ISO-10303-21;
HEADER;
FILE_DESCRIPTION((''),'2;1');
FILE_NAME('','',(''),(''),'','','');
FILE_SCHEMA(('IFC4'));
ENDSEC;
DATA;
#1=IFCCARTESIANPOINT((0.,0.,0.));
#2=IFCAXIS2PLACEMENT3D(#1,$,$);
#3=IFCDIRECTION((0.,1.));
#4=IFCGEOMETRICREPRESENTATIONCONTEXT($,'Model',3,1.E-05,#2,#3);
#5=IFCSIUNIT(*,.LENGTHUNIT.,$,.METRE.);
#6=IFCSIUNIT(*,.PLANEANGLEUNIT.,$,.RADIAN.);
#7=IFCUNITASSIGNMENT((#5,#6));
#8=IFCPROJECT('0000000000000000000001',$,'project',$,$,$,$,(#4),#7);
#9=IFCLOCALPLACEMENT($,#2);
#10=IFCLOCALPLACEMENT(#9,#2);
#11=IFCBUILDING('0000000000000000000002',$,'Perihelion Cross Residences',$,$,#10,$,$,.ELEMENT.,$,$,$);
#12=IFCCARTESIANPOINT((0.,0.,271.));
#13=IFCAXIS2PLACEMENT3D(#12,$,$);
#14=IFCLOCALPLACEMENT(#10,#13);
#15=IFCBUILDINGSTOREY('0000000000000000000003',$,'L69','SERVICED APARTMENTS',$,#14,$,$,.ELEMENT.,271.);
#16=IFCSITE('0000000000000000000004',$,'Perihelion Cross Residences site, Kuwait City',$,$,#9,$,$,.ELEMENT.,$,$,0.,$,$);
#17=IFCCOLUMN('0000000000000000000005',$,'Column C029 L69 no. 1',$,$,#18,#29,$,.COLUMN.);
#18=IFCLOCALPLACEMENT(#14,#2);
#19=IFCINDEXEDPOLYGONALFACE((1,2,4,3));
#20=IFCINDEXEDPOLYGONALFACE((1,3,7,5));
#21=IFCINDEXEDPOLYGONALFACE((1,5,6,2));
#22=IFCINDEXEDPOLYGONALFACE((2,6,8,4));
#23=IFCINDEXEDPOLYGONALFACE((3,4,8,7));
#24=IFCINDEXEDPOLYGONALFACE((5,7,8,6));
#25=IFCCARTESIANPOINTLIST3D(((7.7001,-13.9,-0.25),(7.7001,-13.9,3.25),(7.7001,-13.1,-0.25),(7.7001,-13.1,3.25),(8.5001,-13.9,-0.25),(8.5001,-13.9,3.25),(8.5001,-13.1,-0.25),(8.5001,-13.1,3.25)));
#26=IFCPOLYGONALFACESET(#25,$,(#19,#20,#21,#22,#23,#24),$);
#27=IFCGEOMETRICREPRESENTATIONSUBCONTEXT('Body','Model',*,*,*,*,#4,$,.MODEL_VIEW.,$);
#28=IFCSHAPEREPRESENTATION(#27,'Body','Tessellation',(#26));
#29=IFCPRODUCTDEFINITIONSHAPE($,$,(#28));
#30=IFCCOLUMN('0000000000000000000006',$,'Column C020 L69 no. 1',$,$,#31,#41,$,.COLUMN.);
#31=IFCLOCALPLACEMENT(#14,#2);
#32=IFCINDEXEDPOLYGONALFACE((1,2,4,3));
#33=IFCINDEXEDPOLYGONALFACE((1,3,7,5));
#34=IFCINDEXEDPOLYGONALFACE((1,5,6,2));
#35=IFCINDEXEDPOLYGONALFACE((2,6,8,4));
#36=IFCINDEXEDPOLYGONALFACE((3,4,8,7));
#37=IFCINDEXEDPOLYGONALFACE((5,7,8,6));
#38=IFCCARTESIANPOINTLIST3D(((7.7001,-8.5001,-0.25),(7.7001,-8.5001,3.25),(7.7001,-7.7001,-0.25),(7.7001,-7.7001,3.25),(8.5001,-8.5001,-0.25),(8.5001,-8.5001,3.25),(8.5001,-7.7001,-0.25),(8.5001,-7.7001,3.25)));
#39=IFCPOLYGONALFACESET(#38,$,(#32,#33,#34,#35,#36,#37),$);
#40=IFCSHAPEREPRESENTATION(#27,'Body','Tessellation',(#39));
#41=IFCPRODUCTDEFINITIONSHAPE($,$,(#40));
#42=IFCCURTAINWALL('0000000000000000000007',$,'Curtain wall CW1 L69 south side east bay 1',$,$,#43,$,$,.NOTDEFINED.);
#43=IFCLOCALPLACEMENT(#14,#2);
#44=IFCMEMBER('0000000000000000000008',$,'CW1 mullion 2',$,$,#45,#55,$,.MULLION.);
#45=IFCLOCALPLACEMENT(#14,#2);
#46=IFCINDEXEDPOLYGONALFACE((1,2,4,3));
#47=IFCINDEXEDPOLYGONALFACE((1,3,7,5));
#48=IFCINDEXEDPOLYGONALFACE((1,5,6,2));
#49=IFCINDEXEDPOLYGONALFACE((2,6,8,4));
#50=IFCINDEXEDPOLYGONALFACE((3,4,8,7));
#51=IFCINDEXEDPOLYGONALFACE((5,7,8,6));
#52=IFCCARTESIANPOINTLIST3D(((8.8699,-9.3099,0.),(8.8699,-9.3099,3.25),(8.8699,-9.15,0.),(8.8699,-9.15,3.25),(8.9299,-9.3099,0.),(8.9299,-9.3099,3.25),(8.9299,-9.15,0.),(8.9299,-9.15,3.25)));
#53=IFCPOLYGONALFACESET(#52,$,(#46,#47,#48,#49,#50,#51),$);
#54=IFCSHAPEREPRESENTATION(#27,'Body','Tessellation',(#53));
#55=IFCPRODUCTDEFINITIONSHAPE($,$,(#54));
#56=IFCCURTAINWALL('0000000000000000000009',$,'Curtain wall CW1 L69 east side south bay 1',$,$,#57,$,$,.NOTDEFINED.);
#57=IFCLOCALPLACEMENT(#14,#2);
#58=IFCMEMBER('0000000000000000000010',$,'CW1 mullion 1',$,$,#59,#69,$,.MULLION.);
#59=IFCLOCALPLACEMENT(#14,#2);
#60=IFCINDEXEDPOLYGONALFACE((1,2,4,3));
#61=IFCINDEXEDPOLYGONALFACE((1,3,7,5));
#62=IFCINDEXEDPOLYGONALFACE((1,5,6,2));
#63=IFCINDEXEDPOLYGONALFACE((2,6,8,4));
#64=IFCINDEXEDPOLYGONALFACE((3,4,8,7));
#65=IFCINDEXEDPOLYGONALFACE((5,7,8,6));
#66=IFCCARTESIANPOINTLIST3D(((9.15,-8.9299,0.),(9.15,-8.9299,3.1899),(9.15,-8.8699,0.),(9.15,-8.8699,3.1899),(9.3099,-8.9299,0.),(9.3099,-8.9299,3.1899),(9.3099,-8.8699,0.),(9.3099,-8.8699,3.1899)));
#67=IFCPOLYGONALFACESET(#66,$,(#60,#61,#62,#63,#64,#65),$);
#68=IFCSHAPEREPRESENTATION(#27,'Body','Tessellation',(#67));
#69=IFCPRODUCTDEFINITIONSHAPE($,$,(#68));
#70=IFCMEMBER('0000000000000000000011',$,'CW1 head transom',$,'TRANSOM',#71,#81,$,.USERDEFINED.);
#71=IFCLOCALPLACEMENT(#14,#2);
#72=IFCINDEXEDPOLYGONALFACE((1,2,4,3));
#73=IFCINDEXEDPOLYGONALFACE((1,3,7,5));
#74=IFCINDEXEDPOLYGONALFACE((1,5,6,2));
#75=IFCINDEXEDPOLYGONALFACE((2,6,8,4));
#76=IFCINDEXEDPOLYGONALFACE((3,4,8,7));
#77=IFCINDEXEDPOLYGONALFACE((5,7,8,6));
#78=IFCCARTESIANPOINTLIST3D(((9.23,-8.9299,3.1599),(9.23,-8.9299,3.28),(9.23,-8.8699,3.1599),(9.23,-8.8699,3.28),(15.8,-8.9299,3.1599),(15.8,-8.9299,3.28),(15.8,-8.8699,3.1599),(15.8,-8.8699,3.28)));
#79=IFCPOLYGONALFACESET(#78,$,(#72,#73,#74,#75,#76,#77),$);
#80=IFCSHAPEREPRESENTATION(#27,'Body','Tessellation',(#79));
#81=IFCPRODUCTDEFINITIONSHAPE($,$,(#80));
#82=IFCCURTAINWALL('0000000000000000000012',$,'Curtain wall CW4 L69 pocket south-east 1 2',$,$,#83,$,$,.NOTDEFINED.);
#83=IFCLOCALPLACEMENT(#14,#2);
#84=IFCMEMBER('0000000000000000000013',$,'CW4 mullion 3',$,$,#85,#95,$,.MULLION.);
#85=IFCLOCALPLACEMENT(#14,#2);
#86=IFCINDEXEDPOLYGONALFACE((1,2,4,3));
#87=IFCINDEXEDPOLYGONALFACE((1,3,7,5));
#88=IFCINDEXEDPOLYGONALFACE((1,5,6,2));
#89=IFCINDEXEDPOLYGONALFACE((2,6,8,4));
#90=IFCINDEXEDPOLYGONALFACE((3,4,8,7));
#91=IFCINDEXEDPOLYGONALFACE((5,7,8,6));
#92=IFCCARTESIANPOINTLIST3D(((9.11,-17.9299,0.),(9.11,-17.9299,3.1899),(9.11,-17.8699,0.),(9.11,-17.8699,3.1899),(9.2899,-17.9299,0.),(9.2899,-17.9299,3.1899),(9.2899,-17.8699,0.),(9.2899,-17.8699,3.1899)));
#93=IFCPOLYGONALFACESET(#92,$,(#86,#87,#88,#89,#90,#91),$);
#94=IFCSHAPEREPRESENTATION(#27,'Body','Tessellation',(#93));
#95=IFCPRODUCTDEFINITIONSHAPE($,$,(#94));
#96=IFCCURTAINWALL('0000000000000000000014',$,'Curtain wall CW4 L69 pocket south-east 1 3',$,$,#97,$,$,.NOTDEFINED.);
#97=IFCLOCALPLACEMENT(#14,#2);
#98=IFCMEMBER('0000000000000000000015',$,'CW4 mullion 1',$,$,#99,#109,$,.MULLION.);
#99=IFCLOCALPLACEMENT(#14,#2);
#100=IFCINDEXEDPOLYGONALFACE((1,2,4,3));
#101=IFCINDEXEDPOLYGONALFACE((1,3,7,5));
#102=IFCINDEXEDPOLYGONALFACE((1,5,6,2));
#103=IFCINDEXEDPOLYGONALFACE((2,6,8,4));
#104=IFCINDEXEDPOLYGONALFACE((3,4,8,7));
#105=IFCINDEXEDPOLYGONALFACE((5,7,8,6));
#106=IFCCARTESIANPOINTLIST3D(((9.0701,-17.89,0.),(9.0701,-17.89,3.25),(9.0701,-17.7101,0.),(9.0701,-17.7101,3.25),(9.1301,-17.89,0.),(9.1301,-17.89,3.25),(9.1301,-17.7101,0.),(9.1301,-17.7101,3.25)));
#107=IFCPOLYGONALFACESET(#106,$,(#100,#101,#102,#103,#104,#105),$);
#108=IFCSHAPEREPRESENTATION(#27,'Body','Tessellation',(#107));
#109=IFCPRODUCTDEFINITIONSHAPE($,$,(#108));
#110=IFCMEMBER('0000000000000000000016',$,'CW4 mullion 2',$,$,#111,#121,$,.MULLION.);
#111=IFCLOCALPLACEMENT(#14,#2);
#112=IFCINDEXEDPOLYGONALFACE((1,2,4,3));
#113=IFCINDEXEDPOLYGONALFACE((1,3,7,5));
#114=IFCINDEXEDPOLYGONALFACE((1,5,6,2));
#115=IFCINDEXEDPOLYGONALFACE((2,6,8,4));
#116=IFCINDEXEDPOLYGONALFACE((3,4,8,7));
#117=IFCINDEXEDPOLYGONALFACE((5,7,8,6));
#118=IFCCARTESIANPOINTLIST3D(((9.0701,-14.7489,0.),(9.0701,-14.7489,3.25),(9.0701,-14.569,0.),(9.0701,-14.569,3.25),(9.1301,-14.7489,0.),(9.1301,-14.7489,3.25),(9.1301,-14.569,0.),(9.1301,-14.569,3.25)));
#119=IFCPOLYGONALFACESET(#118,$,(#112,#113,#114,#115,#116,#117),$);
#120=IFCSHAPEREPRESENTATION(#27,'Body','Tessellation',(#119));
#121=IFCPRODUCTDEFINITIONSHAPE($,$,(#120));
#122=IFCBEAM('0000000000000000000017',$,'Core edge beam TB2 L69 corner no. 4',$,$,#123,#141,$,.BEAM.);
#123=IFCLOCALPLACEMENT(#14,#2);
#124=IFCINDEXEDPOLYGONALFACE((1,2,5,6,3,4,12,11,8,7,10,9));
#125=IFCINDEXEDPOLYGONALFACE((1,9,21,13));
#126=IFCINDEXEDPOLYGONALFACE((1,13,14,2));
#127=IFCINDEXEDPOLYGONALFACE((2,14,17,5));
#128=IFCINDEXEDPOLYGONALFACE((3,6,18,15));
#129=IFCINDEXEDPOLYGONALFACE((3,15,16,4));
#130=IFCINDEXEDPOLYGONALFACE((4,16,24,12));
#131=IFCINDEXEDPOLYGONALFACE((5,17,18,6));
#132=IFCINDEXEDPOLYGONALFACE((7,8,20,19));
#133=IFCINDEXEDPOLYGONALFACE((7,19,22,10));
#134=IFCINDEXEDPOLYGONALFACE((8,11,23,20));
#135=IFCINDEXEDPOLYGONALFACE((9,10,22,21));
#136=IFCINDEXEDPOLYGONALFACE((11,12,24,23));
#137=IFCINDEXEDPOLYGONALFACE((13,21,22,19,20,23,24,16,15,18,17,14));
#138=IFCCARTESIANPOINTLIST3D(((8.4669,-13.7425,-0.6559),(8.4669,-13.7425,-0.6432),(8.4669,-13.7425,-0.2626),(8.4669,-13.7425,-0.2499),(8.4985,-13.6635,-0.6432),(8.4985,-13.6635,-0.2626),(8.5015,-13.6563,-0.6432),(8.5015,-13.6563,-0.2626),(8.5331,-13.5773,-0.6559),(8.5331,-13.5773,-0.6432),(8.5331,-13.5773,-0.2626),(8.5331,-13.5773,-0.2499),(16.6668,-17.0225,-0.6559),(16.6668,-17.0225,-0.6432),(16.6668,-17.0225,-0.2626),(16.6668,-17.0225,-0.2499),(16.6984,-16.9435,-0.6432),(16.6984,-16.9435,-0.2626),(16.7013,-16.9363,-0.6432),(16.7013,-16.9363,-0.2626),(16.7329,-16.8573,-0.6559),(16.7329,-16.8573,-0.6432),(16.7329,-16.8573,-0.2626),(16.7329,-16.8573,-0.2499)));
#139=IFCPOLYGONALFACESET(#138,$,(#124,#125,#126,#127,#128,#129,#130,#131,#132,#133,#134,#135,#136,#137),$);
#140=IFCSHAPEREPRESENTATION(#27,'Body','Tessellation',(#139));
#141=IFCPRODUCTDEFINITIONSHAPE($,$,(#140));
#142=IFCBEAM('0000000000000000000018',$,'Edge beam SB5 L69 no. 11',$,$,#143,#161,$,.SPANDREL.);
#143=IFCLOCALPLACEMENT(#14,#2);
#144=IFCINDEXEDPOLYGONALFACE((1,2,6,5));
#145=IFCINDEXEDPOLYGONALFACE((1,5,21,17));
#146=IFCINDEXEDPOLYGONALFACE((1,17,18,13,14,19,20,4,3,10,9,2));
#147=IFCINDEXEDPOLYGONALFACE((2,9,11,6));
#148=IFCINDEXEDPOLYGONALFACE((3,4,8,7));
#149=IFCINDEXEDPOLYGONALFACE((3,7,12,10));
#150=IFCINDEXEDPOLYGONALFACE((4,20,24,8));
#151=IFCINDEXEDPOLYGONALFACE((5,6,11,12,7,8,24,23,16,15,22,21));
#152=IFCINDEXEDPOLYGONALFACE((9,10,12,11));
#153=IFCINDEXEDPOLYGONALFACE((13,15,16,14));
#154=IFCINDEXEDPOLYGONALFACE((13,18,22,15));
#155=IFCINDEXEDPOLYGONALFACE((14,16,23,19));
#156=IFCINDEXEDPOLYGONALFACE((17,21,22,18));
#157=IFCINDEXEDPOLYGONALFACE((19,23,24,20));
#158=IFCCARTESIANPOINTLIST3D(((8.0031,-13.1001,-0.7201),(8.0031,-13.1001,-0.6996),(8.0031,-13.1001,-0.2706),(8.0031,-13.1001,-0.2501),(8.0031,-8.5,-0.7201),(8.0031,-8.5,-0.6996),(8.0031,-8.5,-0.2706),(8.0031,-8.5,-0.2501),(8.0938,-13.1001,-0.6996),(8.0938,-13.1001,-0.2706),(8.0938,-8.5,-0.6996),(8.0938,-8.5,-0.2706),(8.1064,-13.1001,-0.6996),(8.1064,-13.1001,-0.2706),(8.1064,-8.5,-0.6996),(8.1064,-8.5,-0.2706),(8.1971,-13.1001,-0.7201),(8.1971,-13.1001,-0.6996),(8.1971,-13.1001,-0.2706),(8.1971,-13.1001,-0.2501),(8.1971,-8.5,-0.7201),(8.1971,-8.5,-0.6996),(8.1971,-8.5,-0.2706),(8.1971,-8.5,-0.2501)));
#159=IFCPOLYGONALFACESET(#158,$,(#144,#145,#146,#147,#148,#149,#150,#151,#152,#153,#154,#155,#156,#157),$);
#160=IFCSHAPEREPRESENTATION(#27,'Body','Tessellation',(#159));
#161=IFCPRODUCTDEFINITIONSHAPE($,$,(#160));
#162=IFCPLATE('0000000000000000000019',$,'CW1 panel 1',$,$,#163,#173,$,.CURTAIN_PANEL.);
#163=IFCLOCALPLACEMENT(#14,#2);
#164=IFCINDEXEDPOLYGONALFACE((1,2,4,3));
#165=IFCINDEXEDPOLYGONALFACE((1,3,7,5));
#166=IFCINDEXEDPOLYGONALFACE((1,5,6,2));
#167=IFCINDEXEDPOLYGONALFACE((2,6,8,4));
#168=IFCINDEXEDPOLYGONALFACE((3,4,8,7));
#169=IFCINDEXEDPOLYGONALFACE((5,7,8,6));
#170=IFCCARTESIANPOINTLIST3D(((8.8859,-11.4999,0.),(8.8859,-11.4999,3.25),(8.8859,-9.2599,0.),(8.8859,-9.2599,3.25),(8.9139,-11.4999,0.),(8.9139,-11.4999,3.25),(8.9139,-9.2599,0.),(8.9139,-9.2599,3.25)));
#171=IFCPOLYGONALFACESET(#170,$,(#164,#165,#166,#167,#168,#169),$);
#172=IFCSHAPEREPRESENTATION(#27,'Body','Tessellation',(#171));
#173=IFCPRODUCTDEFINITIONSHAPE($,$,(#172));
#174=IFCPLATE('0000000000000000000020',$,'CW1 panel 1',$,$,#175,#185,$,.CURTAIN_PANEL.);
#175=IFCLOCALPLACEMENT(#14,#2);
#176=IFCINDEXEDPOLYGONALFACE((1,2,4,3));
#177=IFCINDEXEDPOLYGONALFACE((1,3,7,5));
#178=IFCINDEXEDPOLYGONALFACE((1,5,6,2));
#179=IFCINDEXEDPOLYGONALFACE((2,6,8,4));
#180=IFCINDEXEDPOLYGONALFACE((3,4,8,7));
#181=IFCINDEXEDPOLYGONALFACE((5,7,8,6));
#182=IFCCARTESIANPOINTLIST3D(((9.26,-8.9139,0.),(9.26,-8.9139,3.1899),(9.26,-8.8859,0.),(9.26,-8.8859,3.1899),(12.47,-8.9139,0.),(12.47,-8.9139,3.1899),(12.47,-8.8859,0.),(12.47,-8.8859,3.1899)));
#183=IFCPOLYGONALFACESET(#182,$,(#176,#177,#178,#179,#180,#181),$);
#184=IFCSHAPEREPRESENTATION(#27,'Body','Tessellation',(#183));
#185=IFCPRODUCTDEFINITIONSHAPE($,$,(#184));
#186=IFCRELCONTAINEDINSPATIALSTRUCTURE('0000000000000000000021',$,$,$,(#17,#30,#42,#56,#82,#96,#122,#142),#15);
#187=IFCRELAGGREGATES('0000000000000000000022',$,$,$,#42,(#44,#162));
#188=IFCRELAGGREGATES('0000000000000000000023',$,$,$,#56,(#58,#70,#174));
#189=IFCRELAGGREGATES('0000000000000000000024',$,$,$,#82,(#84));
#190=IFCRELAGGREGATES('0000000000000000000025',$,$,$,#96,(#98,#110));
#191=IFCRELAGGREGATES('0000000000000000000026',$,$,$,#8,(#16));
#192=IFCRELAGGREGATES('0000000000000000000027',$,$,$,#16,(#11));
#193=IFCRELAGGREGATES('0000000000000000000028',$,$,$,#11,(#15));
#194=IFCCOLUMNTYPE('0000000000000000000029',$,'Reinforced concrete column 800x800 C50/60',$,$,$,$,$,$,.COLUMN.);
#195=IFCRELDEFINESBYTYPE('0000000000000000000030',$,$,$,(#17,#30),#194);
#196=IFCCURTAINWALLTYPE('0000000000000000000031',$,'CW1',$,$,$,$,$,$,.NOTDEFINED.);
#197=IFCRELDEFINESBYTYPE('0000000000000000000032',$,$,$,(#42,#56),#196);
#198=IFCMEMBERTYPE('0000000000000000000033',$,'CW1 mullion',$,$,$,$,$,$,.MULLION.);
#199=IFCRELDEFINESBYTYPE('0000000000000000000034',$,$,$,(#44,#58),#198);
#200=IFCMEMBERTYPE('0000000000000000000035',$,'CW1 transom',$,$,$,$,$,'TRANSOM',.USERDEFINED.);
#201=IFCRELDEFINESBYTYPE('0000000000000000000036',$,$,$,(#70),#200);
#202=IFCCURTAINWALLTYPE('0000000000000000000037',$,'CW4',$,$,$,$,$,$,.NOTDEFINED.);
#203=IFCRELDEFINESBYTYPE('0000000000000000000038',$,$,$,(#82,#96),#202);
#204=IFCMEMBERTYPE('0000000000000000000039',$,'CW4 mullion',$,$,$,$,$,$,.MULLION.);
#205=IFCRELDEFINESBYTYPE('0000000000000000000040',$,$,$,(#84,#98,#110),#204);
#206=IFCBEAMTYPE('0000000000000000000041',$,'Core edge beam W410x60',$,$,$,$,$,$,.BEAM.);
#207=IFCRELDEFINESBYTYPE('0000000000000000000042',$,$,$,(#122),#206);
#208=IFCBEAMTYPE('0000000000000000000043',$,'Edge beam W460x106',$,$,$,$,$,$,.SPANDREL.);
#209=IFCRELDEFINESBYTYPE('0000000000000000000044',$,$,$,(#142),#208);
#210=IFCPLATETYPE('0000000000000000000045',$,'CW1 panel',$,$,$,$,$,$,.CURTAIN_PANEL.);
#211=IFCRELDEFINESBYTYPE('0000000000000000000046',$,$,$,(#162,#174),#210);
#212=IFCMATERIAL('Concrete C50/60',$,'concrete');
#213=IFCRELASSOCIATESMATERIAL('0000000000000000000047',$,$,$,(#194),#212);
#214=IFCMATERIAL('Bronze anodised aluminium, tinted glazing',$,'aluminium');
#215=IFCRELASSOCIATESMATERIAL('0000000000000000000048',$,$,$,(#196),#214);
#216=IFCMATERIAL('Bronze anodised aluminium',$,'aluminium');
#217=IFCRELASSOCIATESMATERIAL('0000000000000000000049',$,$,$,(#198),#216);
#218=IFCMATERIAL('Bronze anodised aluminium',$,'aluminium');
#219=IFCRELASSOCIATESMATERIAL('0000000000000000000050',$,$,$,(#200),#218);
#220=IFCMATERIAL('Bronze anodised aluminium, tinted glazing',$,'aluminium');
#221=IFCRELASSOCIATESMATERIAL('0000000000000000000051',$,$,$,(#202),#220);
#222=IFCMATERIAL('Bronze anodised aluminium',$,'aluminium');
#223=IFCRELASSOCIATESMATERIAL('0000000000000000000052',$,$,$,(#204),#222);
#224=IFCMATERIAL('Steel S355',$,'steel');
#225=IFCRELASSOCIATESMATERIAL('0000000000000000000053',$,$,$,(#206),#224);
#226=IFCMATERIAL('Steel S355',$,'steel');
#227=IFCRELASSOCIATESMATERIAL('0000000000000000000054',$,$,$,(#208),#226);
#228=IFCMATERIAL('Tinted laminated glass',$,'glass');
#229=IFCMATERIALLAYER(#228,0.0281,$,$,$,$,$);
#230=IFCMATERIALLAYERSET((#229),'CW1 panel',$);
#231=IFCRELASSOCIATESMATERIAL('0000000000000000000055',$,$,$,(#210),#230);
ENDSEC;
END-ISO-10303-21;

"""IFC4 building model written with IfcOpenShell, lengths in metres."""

from ifc_helpers import new_model, si_unit, direction, frame, origin, origin_2d, place, context, subcontext, project, spatial, rectangle, i_section, extrude, material, layer, layer_set, material_profile, profile_set, type_object, element, aggregate, save


model = new_model("IFC4")

# Units and contexts
model_context = context("Model", 3, precision=1e-05, world=origin(), true_north=direction((0.0, 1.0)))
body_context = subcontext(model_context, "Body", "Model", "MODEL_VIEW")
ifc_project = project(units=[si_unit("LENGTHUNIT", "METRE"), si_unit("PLANEANGLEUNIT", "RADIAN")], contexts=[model_context])

# Site, building, storey
site_placement = place(None, origin())
site = spatial("IfcSite", under=ifc_project, at=site_placement, Name="Perihelion Cross Residences site, Kuwait City", CompositionType="ELEMENT", RefElevation=0.0)
building_placement = place(site_placement, origin())
building = spatial("IfcBuilding", under=site, at=building_placement, Name="Perihelion Cross Residences", CompositionType="ELEMENT")
storey_placement = place(building_placement, frame((0.0, 0.0, 271.0)))
storey = spatial("IfcBuildingStorey", under=building, at=storey_placement, Name="L69", Description="SERVICED APARTMENTS", CompositionType="ELEMENT", Elevation=271.0)

# Columns
ifc_material_1 = material(Name="Concrete C50/60", Category="concrete")
ifc_material_profile_1 = material_profile(ifc_material_1, rectangle(XDim=0.8, YDim=0.8, at=origin_2d()), Name="RC 800x800")
ifc_profile_set_1 = profile_set([ifc_material_profile_1], Name="Concrete C50/60")
column_type = type_object("IfcColumnType", Name="Reinforced concrete column 800x800 C50/60", PredefinedType="COLUMN", material=ifc_profile_set_1)
for number, where, z_axis, x_axis, name in (
    (1, (8.1001, -13.5, -0.25), (0.0, 0.0, 1.0), (1.0, 0.0, 0.0), "Column C029 L69 no. 1"),
    (2, (8.1001, -8.1001, -0.25), (0.0, 0.0, 1.0), (1.0, 0.0, 0.0), "Column C020 L69 no. 1"),
):
    element("IfcColumn", number, at=place(storey_placement, frame(where, z_axis=z_axis, x_axis=x_axis)), inside=storey, type_object=column_type, Name=name, PredefinedType="COLUMN", context=body_context, shape_type="SweptSolid", body=[
        extrude(rectangle(XDim=0.8, YDim=0.8, at=origin_2d()), origin(), (0.0, 0.0, 1.0), 3.5),
    ])

# Curtain wall, member
ifc_material_2 = material(Name="Bronze anodised aluminium, tinted glazing", Category="aluminium")
curtain_wall_type_1 = type_object("IfcCurtainWallType", Name="CW1", PredefinedType="NOTDEFINED", material=ifc_material_2)
curtain_wall_1_placement = place(storey_placement, origin())
curtain_wall_1 = element("IfcCurtainWall", 3, at=curtain_wall_1_placement, inside=storey, type_object=curtain_wall_type_1, Name="Curtain wall CW1 L69 south side east bay 1", PredefinedType="NOTDEFINED")
ifc_material_3 = material(Name="Bronze anodised aluminium", Category="aluminium")
ifc_material_profile_2 = material_profile(ifc_material_3, rectangle(XDim=0.0601, YDim=0.1599, at=origin_2d()), Name="CW1 mullion")
ifc_profile_set_2 = profile_set([ifc_material_profile_2], Name="Bronze anodised aluminium")
member_type_1 = type_object("IfcMemberType", Name="CW1 mullion", PredefinedType="MULLION", material=ifc_profile_set_2)
member_1_placement = place(storey_placement, frame((8.8999, -9.23, 0.0), z_axis=(0.0, 0.0, 1.0), x_axis=(-1.0, 0.0, 0.0)))
member_1 = element("IfcMember", 4, at=member_1_placement, type_object=member_type_1, Name="CW1 mullion 2", PredefinedType="MULLION", context=body_context, shape_type="SweptSolid", body=[
    extrude(rectangle(XDim=0.0601, YDim=0.1599, at=origin_2d()), origin(), (0.0, 0.0, 1.0), 3.25),
])

# Curtain wall, members
curtain_wall_2_placement = place(storey_placement, origin())
curtain_wall_2 = element("IfcCurtainWall", 5, at=curtain_wall_2_placement, inside=storey, type_object=curtain_wall_type_1, Name="Curtain wall CW1 L69 east side south bay 1", PredefinedType="NOTDEFINED")
member_2_placement = place(storey_placement, frame((9.23, -8.8999, 0.0), z_axis=(0.0, 0.0, 1.0), x_axis=(0.0, 1.0, 0.0)))
member_2 = element("IfcMember", 6, at=member_2_placement, type_object=member_type_1, Name="CW1 mullion 1", PredefinedType="MULLION", context=body_context, shape_type="SweptSolid", body=[
    extrude(rectangle(XDim=0.0601, YDim=0.1599, at=origin_2d()), origin(), (0.0, 0.0, 1.0), 3.1899),
])
ifc_material_4 = material(Name="Bronze anodised aluminium", Category="aluminium")
ifc_material_profile_3 = material_profile(ifc_material_4, rectangle(XDim=0.0601, YDim=0.1201, at=origin_2d()), Name="CW1 transom")
ifc_profile_set_3 = profile_set([ifc_material_profile_3], Name="Bronze anodised aluminium")
member_type_2 = type_object("IfcMemberType", Name="CW1 transom", ElementType="TRANSOM", PredefinedType="USERDEFINED", material=ifc_profile_set_3)
member_3_placement = place(storey_placement, frame((9.23, -8.8999, 3.22), z_axis=(1.0, 0.0, 0.0), x_axis=(0.0, 1.0, 0.0)))
member_3 = element("IfcMember", 7, at=member_3_placement, type_object=member_type_2, Name="CW1 head transom", ObjectType="TRANSOM", PredefinedType="USERDEFINED", context=body_context, shape_type="SweptSolid", body=[
    extrude(rectangle(XDim=0.0601, YDim=0.1201, at=origin_2d()), origin(), (0.0, 0.0, 1.0), 6.5701),
])

# Curtain wall, member
ifc_material_5 = material(Name="Bronze anodised aluminium, tinted glazing", Category="aluminium")
curtain_wall_type_2 = type_object("IfcCurtainWallType", Name="CW4", PredefinedType="NOTDEFINED", material=ifc_material_5)
curtain_wall_3_placement = place(storey_placement, origin())
curtain_wall_3 = element("IfcCurtainWall", 8, at=curtain_wall_3_placement, inside=storey, type_object=curtain_wall_type_2, Name="Curtain wall CW4 L69 pocket south-east 1 2", PredefinedType="NOTDEFINED")
ifc_material_6 = material(Name="Bronze anodised aluminium", Category="aluminium")
ifc_material_profile_4 = material_profile(ifc_material_6, rectangle(XDim=0.0601, YDim=0.1799, at=origin_2d()), Name="CW4 mullion")
ifc_profile_set_4 = profile_set([ifc_material_profile_4], Name="Bronze anodised aluminium")
member_type_3 = type_object("IfcMemberType", Name="CW4 mullion", PredefinedType="MULLION", material=ifc_profile_set_4)
member_4_placement = place(storey_placement, frame((9.2, -17.8999, 0.0), z_axis=(0.0, 0.0, 1.0), x_axis=(0.0, -1.0, 0.0)))
member_4 = element("IfcMember", 9, at=member_4_placement, type_object=member_type_3, Name="CW4 mullion 3", PredefinedType="MULLION", context=body_context, shape_type="SweptSolid", body=[
    extrude(rectangle(XDim=0.0601, YDim=0.1799, at=origin_2d()), origin(), (0.0, 0.0, 1.0), 3.1899),
])

# Curtain wall, members
curtain_wall_4_placement = place(storey_placement, origin())
curtain_wall_4 = element("IfcCurtainWall", 10, at=curtain_wall_4_placement, inside=storey, type_object=curtain_wall_type_2, Name="Curtain wall CW4 L69 pocket south-east 1 3", PredefinedType="NOTDEFINED")
member_5_placement = place(storey_placement, frame((9.1001, -17.8, 0.0), z_axis=(0.0, 0.0, 1.0), x_axis=(-1.0, 0.0, 0.0)))
member_5 = element("IfcMember", 11, at=member_5_placement, type_object=member_type_3, Name="CW4 mullion 1", PredefinedType="MULLION", context=body_context, shape_type="SweptSolid", body=[
    extrude(rectangle(XDim=0.0601, YDim=0.1799, at=origin_2d()), origin(), (0.0, 0.0, 1.0), 3.25),
])
member_6_placement = place(storey_placement, frame((9.1001, -14.6589, 0.0), z_axis=(0.0, 0.0, 1.0), x_axis=(-1.0, 0.0, 0.0)))
member_6 = element("IfcMember", 12, at=member_6_placement, type_object=member_type_3, Name="CW4 mullion 2", PredefinedType="MULLION", context=body_context, shape_type="SweptSolid", body=[
    extrude(rectangle(XDim=0.0601, YDim=0.1799, at=origin_2d()), origin(), (0.0, 0.0, 1.0), 3.25),
])

# Beams
ifc_material_7 = material(Name="Steel S355", Category="steel")
ifc_material_profile_5 = material_profile(ifc_material_7, i_section(OverallWidth=0.178, OverallDepth=0.406, WebThickness=0.0078, FlangeThickness=0.0127, at=origin_2d()), Name="W410x60")
ifc_profile_set_5 = profile_set([ifc_material_profile_5], Name="Steel S355")
beam_type_1 = type_object("IfcBeamType", Name="Core edge beam W410x60", PredefinedType="BEAM", material=ifc_profile_set_5)
beam_1_placement = place(storey_placement, frame((8.5, -13.6599, -0.4529), z_axis=(0.928475, -0.371395, 0.0), x_axis=(0.371395, 0.928475, 0.0)))
element("IfcBeam", 13, at=beam_1_placement, inside=storey, type_object=beam_type_1, Name="Core edge beam TB2 L69 corner no. 4", PredefinedType="BEAM", context=body_context, shape_type="SweptSolid", body=[
    extrude(i_section(OverallWidth=0.178, OverallDepth=0.406, WebThickness=0.0078, FlangeThickness=0.0127, at=origin_2d()), origin(), (0.0, 0.0, 1.0), 8.8315),
])
ifc_material_8 = material(Name="Steel S355", Category="steel")
ifc_material_profile_6 = material_profile(ifc_material_8, i_section(OverallWidth=0.1941, OverallDepth=0.47, WebThickness=0.0127, FlangeThickness=0.0205, at=origin_2d()), Name="W460x106")
ifc_profile_set_6 = profile_set([ifc_material_profile_6], Name="Steel S355")
beam_type_2 = type_object("IfcBeamType", Name="Edge beam W460x106", PredefinedType="SPANDREL", material=ifc_profile_set_6)
beam_2_placement = place(storey_placement, frame((8.1001, -13.1001, -0.4851), z_axis=(0.0, 1.0, 0.0), x_axis=(-1.0, 0.0, 0.0)))
element("IfcBeam", 14, at=beam_2_placement, inside=storey, type_object=beam_type_2, Name="Edge beam SB5 L69 no. 11", PredefinedType="SPANDREL", context=body_context, shape_type="SweptSolid", body=[
    extrude(i_section(OverallWidth=0.1941, OverallDepth=0.47, WebThickness=0.0127, FlangeThickness=0.0205, at=origin_2d()), origin(), (0.0, 0.0, 1.0), 4.6001),
])

# Plates
ifc_material_9 = material(Name="Tinted laminated glass", Category="glass")
ifc_layer_1 = layer(ifc_material_9, 0.0281)
ifc_layer_set_1 = layer_set([ifc_layer_1], Name="CW1 panel")
plate_type_1 = type_object("IfcPlateType", Name="CW1 panel", PredefinedType="CURTAIN_PANEL", material=ifc_layer_set_1)
plate_1_placement = place(storey_placement, frame((8.8999, -10.3799, 0.0), z_axis=(0.0, 0.0, 1.0), x_axis=(0.0, 1.0, 0.0)))
plate_1 = element("IfcPlate", 15, at=plate_1_placement, type_object=plate_type_1, Name="CW1 panel 1", PredefinedType="CURTAIN_PANEL", context=body_context, shape_type="SweptSolid", body=[
    extrude(rectangle(XDim=2.24, YDim=0.0281, at=origin_2d()), origin(), (0.0, 0.0, 1.0), 3.25),
])
aggregate(curtain_wall_1, [member_1, plate_1])
plate_2_placement = place(storey_placement, frame((10.865, -8.8999, 0.0), z_axis=(0.0, 0.0, 1.0), x_axis=(1.0, 0.0, 0.0)))
plate_2 = element("IfcPlate", 16, at=plate_2_placement, type_object=plate_type_1, Name="CW1 panel 1", PredefinedType="CURTAIN_PANEL", context=body_context, shape_type="SweptSolid", body=[
    extrude(rectangle(XDim=3.21, YDim=0.0281, at=origin_2d()), origin(), (0.0, 0.0, 1.0), 3.1899),
])
aggregate(curtain_wall_2, [member_2, member_3, plate_2])
aggregate(curtain_wall_3, [member_4])
aggregate(curtain_wall_4, [member_5, member_6])

save(model, "model.ifc")
